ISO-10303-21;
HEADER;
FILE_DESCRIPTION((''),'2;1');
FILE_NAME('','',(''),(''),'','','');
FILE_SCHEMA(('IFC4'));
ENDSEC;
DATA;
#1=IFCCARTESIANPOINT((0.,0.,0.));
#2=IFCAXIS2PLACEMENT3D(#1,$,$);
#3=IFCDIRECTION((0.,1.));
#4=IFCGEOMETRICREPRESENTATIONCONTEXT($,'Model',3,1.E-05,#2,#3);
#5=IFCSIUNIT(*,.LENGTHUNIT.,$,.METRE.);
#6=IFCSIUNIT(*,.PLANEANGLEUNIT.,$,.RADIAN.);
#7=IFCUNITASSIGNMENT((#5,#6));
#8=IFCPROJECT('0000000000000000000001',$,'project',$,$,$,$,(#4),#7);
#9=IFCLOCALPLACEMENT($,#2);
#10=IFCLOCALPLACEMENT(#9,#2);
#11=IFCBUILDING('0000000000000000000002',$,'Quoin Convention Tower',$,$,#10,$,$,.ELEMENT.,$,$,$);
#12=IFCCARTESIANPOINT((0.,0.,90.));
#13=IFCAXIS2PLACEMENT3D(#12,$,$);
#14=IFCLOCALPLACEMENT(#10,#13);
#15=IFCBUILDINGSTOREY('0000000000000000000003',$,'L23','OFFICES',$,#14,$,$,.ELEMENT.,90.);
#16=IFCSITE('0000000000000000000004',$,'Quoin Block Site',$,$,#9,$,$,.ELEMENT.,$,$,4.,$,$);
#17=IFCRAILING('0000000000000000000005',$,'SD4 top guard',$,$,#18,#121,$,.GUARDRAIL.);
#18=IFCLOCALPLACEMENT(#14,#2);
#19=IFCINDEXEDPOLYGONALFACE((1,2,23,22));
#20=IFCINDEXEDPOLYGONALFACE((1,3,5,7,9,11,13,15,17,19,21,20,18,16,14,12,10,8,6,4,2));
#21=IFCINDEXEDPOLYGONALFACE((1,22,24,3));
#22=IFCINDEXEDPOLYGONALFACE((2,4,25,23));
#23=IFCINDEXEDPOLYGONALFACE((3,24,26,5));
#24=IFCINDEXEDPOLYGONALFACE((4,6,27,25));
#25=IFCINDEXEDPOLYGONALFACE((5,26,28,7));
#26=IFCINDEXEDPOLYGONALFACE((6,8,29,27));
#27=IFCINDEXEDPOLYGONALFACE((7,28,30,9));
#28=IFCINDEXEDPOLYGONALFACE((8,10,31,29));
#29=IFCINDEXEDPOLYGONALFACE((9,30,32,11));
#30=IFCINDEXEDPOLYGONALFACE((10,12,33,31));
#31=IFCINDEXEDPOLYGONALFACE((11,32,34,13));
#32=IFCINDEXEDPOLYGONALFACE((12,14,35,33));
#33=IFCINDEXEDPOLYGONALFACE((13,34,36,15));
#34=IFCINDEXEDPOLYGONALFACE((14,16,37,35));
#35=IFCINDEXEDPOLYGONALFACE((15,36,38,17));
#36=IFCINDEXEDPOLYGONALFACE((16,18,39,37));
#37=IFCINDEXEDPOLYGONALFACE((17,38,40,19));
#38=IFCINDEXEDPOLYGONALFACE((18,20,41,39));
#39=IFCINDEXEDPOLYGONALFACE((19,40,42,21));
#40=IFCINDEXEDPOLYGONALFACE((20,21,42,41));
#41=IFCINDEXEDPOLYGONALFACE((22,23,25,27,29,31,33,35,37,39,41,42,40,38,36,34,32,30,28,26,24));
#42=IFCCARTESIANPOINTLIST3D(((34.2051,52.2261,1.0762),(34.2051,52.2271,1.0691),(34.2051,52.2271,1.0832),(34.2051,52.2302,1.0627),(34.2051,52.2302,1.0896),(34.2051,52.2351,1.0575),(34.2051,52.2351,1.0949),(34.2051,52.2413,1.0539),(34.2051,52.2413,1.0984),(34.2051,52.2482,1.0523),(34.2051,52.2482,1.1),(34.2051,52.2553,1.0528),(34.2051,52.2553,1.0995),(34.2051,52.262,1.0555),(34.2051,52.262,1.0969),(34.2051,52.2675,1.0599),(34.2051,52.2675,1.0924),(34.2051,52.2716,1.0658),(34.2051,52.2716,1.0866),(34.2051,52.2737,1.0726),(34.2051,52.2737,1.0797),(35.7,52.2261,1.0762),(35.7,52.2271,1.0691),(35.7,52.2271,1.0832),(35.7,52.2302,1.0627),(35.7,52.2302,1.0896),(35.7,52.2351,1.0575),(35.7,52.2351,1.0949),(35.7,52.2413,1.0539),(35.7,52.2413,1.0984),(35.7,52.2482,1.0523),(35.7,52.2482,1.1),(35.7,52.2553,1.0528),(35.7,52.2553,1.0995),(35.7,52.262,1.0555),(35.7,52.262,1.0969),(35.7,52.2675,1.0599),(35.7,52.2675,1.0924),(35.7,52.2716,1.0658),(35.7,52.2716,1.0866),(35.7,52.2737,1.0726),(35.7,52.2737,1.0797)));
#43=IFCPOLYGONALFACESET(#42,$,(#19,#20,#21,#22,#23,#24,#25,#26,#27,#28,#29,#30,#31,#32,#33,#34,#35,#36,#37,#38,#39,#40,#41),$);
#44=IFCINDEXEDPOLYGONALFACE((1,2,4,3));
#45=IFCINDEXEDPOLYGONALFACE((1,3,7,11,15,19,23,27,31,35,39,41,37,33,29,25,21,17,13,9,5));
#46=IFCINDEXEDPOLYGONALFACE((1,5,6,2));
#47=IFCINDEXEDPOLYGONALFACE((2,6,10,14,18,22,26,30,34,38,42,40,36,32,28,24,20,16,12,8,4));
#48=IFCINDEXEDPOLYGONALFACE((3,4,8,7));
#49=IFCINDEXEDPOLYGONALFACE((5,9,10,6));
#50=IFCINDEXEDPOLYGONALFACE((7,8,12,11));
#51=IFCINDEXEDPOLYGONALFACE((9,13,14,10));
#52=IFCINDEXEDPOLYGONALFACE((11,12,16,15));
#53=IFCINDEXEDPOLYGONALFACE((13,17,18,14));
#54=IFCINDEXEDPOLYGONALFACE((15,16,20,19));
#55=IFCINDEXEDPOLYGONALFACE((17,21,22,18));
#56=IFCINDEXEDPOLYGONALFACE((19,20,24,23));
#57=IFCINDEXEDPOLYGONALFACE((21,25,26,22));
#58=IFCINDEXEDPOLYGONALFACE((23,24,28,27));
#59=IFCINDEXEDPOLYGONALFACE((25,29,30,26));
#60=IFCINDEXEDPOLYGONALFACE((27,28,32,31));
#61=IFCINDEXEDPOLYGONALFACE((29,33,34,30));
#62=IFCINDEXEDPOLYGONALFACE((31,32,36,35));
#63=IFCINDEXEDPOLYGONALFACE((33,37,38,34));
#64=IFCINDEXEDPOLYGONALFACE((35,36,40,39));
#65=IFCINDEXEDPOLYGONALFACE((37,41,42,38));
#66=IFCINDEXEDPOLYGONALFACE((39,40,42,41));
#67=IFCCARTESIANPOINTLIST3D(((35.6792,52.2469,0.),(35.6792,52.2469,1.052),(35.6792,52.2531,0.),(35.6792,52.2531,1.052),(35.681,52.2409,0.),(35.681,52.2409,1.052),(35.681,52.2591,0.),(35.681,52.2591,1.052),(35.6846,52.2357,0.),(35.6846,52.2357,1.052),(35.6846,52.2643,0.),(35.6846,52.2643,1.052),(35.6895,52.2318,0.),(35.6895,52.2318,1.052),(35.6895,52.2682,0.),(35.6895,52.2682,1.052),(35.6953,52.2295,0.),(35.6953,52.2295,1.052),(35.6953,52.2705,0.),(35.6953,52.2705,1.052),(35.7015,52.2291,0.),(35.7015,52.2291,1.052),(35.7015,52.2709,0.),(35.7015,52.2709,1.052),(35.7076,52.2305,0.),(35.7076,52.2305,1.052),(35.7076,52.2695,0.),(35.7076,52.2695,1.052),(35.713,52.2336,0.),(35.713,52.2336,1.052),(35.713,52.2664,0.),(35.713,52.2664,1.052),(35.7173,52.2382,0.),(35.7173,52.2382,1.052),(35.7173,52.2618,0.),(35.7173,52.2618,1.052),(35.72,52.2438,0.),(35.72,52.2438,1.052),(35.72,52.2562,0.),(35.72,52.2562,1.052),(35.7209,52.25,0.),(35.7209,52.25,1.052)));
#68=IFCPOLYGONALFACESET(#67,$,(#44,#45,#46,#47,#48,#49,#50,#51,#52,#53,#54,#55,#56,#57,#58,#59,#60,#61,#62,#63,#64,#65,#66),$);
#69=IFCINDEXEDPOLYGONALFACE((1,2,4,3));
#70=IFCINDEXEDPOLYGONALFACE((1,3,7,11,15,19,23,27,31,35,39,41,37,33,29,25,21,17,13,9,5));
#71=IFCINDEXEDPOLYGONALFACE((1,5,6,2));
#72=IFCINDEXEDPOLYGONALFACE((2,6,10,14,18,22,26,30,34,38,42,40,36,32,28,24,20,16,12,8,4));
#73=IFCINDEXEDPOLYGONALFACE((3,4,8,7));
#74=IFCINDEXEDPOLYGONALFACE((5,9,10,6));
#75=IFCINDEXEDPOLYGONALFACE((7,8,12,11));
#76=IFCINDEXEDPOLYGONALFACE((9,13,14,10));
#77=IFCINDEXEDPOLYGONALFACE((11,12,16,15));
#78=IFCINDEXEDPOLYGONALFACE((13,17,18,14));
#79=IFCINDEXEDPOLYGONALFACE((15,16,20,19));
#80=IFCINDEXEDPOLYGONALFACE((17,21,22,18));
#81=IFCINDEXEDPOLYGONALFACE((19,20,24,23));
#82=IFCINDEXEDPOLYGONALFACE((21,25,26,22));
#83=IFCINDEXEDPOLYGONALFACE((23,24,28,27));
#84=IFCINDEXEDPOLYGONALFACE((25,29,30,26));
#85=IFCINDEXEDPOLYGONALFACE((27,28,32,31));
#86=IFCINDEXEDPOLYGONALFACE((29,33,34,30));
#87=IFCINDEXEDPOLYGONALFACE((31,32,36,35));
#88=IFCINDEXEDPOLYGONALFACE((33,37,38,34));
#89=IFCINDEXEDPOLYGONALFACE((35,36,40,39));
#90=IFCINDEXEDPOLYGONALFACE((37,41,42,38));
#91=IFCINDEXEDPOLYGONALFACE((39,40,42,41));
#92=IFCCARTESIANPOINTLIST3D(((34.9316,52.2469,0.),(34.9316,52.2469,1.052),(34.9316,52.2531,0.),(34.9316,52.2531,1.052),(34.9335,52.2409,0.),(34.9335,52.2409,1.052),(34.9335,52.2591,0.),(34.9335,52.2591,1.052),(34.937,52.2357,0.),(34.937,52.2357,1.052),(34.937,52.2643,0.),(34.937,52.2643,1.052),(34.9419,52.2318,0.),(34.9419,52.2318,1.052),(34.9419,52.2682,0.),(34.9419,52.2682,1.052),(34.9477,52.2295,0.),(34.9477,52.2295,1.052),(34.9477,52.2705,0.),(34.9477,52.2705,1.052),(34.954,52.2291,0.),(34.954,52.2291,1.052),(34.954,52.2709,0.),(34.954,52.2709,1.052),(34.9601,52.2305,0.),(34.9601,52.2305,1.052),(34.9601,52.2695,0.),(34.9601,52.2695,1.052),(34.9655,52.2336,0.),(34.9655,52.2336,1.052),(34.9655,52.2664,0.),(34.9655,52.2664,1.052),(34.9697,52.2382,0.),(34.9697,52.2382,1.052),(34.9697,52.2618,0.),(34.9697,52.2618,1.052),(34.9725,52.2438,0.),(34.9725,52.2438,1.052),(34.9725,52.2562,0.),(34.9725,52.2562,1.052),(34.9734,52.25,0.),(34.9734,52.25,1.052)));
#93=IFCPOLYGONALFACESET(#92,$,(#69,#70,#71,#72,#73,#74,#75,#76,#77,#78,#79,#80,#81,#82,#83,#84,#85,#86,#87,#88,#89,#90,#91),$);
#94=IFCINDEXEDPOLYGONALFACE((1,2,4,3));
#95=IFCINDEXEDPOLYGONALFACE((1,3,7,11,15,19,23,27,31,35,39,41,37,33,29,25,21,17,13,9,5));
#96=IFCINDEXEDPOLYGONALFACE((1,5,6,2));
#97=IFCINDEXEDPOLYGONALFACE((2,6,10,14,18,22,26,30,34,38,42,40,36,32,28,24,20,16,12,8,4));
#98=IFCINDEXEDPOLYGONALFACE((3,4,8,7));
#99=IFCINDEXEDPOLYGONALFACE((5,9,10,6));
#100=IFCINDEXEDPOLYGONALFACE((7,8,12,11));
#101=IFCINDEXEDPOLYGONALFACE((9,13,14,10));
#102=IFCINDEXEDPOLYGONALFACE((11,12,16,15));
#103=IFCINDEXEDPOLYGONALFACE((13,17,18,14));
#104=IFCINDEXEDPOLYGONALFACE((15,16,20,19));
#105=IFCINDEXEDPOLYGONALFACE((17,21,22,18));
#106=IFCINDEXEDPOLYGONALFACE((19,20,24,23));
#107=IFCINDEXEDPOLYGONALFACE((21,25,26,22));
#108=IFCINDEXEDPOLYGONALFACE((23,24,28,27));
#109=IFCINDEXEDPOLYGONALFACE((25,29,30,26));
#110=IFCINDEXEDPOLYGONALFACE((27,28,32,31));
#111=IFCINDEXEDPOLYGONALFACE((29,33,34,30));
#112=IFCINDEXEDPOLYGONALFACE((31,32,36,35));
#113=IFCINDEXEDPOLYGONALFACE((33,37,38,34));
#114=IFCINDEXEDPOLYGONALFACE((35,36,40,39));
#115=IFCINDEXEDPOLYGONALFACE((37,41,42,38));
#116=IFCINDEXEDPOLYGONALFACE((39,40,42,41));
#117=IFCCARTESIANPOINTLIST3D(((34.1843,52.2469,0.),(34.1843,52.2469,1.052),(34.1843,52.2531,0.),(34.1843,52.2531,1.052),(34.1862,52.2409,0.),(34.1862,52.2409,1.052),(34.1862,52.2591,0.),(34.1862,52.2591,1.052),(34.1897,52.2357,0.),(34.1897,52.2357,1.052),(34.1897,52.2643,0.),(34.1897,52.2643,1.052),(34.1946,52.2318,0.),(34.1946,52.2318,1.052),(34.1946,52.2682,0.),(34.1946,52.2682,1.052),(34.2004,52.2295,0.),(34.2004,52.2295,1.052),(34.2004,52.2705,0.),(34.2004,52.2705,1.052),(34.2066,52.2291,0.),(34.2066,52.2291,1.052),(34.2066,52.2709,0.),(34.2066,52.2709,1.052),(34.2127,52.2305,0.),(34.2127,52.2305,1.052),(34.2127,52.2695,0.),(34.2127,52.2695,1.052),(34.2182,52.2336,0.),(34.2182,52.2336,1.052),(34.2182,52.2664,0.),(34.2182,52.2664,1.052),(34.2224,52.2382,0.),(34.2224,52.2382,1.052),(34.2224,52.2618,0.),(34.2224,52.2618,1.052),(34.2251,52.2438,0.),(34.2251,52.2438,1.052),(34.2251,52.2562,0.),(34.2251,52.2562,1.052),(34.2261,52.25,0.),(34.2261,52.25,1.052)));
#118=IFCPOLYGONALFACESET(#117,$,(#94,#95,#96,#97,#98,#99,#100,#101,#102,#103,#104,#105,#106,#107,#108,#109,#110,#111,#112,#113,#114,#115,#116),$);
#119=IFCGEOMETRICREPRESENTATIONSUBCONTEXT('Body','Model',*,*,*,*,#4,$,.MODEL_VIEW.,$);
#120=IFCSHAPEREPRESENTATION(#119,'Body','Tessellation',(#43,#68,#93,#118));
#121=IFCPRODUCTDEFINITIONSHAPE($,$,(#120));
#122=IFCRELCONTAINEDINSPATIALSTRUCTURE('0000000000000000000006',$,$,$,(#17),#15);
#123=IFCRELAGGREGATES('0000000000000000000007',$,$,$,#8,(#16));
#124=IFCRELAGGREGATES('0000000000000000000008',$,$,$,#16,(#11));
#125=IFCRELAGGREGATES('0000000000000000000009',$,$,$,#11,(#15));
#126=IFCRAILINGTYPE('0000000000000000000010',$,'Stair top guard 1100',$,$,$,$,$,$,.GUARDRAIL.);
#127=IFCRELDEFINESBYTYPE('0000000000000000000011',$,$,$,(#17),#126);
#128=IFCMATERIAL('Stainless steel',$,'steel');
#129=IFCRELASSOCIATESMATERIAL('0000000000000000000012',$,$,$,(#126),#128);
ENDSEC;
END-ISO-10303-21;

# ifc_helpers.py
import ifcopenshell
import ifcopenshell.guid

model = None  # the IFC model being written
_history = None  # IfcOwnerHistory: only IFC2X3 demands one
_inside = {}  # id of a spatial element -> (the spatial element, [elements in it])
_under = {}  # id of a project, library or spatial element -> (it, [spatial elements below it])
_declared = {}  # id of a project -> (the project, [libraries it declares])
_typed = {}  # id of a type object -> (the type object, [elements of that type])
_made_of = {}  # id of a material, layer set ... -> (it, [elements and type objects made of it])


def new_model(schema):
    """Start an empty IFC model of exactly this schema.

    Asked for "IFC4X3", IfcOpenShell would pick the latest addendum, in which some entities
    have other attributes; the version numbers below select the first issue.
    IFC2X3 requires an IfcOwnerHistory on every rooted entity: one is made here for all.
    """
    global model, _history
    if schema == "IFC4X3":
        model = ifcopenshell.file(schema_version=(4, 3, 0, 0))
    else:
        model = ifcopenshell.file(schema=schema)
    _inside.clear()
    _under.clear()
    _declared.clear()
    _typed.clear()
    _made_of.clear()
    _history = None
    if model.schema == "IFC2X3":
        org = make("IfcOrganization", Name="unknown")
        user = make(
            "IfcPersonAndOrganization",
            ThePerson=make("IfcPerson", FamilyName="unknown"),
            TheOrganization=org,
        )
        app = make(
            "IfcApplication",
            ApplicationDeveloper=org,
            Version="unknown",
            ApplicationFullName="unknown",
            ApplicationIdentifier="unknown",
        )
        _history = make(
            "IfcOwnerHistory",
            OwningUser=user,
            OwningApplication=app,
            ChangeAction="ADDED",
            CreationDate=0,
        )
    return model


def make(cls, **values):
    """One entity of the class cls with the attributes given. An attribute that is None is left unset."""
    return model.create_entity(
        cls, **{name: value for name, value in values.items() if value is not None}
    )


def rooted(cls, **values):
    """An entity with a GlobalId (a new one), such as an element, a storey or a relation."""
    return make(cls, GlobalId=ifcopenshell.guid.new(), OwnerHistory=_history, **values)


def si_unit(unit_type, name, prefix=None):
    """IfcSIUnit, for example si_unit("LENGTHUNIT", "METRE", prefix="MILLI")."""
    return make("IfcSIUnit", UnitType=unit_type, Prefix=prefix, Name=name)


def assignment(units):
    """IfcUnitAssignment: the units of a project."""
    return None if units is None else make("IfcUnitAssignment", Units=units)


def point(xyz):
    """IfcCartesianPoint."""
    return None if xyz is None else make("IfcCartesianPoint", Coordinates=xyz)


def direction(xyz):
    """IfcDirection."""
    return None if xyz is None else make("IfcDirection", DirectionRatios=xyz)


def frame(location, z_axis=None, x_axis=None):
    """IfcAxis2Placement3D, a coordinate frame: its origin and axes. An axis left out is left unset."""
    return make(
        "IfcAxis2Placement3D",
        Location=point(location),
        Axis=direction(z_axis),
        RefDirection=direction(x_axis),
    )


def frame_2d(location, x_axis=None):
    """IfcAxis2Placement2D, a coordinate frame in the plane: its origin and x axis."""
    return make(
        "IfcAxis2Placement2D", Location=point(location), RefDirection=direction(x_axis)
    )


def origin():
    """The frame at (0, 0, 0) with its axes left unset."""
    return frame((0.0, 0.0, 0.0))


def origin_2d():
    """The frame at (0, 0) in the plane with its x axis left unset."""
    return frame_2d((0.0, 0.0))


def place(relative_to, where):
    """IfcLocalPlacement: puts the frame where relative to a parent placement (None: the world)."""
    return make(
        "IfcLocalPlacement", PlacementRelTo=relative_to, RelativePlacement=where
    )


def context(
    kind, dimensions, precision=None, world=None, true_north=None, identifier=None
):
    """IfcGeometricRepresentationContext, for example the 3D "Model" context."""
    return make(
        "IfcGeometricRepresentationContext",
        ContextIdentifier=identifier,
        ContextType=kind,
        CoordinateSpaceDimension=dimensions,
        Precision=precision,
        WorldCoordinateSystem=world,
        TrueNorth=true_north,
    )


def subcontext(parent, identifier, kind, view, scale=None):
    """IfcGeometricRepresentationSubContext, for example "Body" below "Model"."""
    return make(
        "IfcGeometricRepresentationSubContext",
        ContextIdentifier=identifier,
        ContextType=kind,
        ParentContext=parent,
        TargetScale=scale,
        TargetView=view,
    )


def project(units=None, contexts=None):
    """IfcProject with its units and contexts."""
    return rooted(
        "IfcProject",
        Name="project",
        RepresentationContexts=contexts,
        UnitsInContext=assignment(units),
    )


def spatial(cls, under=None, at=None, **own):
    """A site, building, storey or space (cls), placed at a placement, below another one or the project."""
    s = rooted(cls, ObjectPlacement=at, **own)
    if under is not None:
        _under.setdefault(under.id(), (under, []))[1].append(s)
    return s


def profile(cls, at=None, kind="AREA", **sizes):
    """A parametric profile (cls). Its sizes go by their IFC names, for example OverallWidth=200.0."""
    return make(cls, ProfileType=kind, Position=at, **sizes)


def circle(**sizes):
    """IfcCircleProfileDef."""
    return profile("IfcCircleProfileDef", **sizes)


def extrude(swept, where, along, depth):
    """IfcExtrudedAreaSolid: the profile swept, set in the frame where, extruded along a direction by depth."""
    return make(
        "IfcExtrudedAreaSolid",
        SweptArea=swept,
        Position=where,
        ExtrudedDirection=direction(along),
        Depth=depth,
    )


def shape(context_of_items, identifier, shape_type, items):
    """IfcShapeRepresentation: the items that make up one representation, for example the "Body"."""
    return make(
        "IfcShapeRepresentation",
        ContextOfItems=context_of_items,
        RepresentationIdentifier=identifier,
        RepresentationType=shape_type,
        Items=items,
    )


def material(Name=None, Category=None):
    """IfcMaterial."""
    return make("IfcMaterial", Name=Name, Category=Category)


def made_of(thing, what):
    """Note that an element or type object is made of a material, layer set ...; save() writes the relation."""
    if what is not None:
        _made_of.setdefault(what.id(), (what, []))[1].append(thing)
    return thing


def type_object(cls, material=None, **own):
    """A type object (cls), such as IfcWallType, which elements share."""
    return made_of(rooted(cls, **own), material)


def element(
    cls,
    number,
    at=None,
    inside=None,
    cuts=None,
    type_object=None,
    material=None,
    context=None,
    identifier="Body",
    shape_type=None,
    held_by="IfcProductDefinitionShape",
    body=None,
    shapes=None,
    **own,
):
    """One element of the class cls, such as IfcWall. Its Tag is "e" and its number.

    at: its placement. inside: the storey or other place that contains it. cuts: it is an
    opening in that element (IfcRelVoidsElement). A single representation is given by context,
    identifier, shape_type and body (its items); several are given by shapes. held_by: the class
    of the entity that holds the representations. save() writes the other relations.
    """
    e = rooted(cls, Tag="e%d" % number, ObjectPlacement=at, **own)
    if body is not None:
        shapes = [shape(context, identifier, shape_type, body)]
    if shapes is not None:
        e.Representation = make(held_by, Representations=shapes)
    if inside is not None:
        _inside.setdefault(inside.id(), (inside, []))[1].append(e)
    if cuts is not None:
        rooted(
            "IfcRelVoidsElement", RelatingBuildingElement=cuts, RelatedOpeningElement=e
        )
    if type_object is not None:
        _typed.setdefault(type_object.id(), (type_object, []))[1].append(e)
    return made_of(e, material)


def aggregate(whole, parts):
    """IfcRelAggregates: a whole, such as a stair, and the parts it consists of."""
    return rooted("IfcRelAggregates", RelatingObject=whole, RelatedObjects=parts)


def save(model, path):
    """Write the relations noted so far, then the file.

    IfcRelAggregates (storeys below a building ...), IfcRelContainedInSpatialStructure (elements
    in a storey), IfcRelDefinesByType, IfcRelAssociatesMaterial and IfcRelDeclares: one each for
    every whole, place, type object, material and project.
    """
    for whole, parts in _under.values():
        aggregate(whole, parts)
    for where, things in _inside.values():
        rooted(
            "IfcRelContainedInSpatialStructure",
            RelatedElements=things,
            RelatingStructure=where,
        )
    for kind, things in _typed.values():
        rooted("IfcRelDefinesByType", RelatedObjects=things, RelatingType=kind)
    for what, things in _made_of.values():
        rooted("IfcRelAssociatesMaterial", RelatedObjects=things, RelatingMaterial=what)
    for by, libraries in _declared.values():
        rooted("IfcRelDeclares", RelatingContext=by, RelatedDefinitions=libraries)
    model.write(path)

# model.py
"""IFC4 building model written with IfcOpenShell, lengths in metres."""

from ifc_helpers import new_model, si_unit, direction, frame, origin, origin_2d, place, context, subcontext, project, spatial, circle, extrude, material, type_object, element, save


model = new_model("IFC4")

# Units and contexts
model_context = context("Model", 3, precision=1e-05, world=origin(), true_north=direction((0.0, 1.0)))
body_context = subcontext(model_context, "Body", "Model", "MODEL_VIEW")
ifc_project = project(units=[si_unit("LENGTHUNIT", "METRE"), si_unit("PLANEANGLEUNIT", "RADIAN")], contexts=[model_context])

# Site, building, storey
site_placement = place(None, origin())
site = spatial("IfcSite", under=ifc_project, at=site_placement, Name="Quoin Block Site", CompositionType="ELEMENT", RefElevation=4.0)
building_placement = place(site_placement, origin())
building = spatial("IfcBuilding", under=site, at=building_placement, Name="Quoin Convention Tower", CompositionType="ELEMENT")
storey_placement = place(building_placement, frame((0.0, 0.0, 90.0)))
storey = spatial("IfcBuildingStorey", under=building, at=storey_placement, Name="L23", Description="OFFICES", CompositionType="ELEMENT", Elevation=90.0)

# Railing
ifc_material_1 = material(Name="Stainless steel", Category="steel")
railing_type_1 = type_object("IfcRailingType", Name="Stair top guard 1100", PredefinedType="GUARDRAIL", material=ifc_material_1)
railing_1_placement = place(storey_placement, frame((35.7, 52.25, 0.0)))
element("IfcRailing", 1, at=railing_1_placement, inside=storey, type_object=railing_type_1, Name="SD4 top guard", PredefinedType="GUARDRAIL", context=body_context, shape_type="SweptSolid", body=[
    extrude(circle(Radius=0.0239, at=origin_2d()), frame((0.0, 0.0, 1.0762), z_axis=(-1.0, 0.0, 0.0), x_axis=(0.0, -1.0, 0.0)), (0.0, 0.0, 1.0), 1.4949),
    extrude(circle(Radius=0.021, at=origin_2d()), origin(), (0.0, 0.0, 1.0), 1.052),
    extrude(circle(Radius=0.021, at=origin_2d()), frame((-0.7476, 0.0, 0.0)), (0.0, 0.0, 1.0), 1.052),
    extrude(circle(Radius=0.021, at=origin_2d()), frame((-1.4949, 0.0, 0.0)), (0.0, 0.0, 1.0), 1.052),
])

save(model, "model.ifc")
